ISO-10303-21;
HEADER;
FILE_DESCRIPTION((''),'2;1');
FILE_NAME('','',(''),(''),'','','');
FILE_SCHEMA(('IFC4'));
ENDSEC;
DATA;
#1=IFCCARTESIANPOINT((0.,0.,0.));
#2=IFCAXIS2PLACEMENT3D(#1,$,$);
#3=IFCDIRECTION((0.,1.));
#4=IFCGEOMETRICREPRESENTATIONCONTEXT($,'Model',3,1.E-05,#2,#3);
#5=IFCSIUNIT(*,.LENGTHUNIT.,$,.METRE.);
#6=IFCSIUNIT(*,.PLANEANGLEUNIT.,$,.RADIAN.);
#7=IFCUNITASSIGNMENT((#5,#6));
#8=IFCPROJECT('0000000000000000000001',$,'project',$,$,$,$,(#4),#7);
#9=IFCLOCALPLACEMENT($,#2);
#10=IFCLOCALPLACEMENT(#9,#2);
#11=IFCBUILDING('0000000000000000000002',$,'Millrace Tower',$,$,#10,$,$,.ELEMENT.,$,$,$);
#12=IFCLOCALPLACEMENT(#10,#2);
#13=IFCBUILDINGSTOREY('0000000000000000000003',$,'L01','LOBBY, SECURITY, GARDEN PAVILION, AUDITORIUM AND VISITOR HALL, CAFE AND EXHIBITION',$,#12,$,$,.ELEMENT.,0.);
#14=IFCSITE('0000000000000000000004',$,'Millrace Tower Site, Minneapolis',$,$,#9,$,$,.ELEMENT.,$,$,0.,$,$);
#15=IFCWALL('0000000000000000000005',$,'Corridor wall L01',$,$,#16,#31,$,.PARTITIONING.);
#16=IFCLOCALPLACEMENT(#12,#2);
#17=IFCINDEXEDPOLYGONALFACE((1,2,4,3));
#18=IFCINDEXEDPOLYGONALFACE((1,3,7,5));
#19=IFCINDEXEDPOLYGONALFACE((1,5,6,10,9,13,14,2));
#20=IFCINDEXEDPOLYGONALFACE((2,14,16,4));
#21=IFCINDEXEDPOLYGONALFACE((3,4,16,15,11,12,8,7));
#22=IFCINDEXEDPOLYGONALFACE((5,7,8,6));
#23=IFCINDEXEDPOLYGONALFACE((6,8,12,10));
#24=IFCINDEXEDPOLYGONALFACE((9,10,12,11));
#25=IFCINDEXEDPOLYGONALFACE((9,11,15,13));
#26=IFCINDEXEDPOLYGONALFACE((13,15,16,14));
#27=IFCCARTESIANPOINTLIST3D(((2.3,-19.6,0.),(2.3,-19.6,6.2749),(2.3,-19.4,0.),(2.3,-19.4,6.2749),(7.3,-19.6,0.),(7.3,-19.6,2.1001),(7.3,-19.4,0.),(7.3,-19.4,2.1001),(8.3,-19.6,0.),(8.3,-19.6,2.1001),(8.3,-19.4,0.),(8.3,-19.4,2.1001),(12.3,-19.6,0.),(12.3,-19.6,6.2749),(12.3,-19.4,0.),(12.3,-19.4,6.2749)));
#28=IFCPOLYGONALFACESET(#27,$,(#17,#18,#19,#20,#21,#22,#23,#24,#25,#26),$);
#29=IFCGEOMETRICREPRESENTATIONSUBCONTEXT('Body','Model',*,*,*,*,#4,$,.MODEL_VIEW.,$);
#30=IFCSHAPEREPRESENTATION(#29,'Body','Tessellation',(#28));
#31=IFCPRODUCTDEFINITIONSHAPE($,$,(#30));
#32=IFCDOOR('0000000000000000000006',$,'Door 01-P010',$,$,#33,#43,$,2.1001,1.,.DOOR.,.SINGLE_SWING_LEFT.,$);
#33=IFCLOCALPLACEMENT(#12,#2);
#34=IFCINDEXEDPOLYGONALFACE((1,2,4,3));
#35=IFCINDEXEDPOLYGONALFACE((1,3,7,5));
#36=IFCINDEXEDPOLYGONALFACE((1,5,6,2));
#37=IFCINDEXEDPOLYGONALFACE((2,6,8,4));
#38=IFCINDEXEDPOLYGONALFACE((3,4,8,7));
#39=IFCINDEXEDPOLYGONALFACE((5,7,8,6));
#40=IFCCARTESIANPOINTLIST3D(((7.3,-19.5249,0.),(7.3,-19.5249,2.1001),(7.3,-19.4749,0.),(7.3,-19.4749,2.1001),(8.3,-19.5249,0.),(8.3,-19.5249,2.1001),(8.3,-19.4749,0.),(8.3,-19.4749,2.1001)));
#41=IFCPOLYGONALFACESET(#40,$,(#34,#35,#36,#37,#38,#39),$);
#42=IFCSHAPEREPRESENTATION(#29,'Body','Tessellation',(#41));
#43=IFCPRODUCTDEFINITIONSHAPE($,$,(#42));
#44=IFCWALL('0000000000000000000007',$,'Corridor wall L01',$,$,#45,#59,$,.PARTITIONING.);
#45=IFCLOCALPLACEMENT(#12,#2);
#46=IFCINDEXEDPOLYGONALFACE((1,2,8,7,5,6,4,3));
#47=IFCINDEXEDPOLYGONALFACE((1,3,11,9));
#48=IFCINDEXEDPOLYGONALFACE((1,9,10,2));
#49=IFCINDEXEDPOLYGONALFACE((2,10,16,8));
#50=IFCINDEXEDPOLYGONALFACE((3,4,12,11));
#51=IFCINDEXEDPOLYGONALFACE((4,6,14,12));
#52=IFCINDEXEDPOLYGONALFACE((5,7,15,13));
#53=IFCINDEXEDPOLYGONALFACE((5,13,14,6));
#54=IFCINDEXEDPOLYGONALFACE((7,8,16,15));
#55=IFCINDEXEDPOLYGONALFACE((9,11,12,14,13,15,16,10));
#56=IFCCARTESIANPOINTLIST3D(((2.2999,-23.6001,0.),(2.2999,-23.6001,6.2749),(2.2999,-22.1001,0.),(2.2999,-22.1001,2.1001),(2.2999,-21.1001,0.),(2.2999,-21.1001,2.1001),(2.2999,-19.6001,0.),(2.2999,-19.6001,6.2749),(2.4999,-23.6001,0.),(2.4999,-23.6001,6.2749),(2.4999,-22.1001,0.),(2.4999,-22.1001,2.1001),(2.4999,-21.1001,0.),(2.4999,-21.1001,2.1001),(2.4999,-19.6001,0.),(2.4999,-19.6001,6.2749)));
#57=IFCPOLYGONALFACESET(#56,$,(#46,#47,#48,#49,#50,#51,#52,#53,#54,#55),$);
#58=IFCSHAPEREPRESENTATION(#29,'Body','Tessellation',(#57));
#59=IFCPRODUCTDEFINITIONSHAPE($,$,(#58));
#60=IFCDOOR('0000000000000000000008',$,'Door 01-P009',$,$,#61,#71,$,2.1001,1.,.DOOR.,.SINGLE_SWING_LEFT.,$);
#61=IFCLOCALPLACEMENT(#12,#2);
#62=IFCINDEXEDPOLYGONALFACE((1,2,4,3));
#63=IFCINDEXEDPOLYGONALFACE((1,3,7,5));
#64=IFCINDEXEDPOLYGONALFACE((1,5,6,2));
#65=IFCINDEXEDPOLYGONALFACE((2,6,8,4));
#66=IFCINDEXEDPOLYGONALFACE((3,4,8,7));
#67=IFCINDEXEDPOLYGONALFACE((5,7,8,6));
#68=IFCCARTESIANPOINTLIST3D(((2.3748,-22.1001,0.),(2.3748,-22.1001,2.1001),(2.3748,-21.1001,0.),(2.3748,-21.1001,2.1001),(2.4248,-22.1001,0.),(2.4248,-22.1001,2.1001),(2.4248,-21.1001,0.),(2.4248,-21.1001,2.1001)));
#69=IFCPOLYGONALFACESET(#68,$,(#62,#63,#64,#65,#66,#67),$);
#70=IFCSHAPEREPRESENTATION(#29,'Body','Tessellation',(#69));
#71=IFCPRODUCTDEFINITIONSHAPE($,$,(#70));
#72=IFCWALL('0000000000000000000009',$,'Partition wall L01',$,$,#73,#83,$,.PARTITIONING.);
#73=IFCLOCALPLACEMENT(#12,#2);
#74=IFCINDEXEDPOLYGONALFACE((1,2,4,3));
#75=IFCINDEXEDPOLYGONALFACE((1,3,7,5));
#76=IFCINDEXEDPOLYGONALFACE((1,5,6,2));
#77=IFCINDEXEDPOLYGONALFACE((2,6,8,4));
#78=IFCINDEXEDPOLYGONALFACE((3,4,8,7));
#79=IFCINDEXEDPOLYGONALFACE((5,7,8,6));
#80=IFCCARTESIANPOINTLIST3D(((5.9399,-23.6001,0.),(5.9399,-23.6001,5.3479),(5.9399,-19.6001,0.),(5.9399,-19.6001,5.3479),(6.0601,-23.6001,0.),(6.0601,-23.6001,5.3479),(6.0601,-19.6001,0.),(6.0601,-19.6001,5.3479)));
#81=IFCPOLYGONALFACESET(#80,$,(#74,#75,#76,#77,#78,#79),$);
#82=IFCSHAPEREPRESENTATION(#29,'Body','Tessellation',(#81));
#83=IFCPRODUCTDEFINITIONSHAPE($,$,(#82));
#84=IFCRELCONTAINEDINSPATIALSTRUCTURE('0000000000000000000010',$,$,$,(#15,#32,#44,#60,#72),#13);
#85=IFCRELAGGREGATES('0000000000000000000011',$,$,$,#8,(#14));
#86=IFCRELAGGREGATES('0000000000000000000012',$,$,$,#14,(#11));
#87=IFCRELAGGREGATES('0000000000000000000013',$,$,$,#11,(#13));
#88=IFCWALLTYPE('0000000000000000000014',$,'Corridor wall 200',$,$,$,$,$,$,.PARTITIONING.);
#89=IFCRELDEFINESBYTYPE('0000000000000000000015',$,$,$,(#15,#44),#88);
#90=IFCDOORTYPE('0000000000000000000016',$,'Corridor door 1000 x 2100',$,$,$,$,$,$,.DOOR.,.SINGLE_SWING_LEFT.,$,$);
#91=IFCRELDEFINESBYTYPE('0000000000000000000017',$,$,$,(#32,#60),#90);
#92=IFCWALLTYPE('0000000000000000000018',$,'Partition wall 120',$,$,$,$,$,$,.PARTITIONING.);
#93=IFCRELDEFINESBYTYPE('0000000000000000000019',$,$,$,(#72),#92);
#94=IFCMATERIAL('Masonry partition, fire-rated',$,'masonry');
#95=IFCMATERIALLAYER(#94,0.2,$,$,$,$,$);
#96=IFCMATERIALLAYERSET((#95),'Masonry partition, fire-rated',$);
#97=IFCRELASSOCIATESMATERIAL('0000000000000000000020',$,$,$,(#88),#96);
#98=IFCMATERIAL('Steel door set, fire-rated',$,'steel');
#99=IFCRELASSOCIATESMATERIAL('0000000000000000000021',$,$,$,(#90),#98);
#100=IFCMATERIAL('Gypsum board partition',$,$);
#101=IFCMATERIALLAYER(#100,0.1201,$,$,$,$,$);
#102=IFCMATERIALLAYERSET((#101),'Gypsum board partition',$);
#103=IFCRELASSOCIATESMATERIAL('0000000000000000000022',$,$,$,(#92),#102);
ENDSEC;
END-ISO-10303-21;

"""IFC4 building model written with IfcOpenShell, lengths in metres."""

from ifc_helpers import new_model, si_unit, direction, frame, frame_2d, origin, place, context, subcontext, project, spatial, rectangle, extrude, material, layer, layer_set, type_object, element, fill, save


model = new_model("IFC4")

# Units and contexts
model_context = context("Model", 3, precision=1e-05, world=origin(), true_north=direction((0.0, 1.0)))
body_context = subcontext(model_context, "Body", "Model", "MODEL_VIEW")
ifc_project = project(units=[si_unit("LENGTHUNIT", "METRE"), si_unit("PLANEANGLEUNIT", "RADIAN")], contexts=[model_context])

# Site, building, storey
site_placement = place(None, origin())
site = spatial("IfcSite", under=ifc_project, at=site_placement, Name="Millrace Tower Site, Minneapolis", CompositionType="ELEMENT", RefElevation=0.0)
building_placement = place(site_placement, origin())
building = spatial("IfcBuilding", under=site, at=building_placement, Name="Millrace Tower", CompositionType="ELEMENT")
storey_placement = place(building_placement, origin())
storey = spatial("IfcBuildingStorey", under=building, at=storey_placement, Name="L01", Description="LOBBY, SECURITY, GARDEN PAVILION, AUDITORIUM AND VISITOR HALL, CAFE AND EXHIBITION", CompositionType="ELEMENT", Elevation=0.0)

# Shared definitions
ifc_material_1 = material(Name="Masonry partition, fire-rated", Category="masonry")
ifc_layer_1 = layer(ifc_material_1, 0.2)
ifc_layer_set_1 = layer_set([ifc_layer_1], Name="Masonry partition, fire-rated")
wall_type_1 = type_object("IfcWallType", Name="Corridor wall 200", PredefinedType="PARTITIONING", material=ifc_layer_set_1)

# Walls, openings, doors
wall_1_placement = place(storey_placement, frame((2.3, -19.5, 0.0), z_axis=(0.0, 0.0, 1.0), x_axis=(1.0, 0.0, 0.0)))
wall_1 = element("IfcWall", 1, at=wall_1_placement, inside=storey, type_object=wall_type_1, Name="Corridor wall L01", PredefinedType="PARTITIONING", context=body_context, shape_type="SweptSolid", body=[
    extrude(rectangle(XDim=10.0, YDim=0.2, at=frame_2d((5.0, 0.0))), origin(), (0.0, 0.0, 1.0), 6.2749),
])
opening_1_placement = place(wall_1_placement, frame((5.0, 0.0, 0.0)))
opening_1 = element("IfcOpeningElement", 2, at=opening_1_placement, cuts=wall_1, PredefinedType="OPENING", context=body_context, shape_type="SweptSolid", body=[
    extrude(rectangle(XDim=1.0, YDim=2.1001, at=frame_2d((0.5, 1.05))), frame((0.0, 0.1099, 0.0), z_axis=(0.0, -1.0, 0.0), x_axis=(1.0, 0.0, 0.0)), (0.0, 0.0, 1.0), 0.22),
])
ifc_material_2 = material(Name="Steel door set, fire-rated", Category="steel")
door_type_1 = type_object("IfcDoorType", Name="Corridor door 1000 x 2100", OperationType="SINGLE_SWING_LEFT", PredefinedType="DOOR", material=ifc_material_2)
door_1_placement = place(opening_1_placement, frame((1.0, 0.0, 0.0), z_axis=(0.0, 0.0, 1.0), x_axis=(-1.0, 0.0, 0.0)))
door_1 = element("IfcDoor", 3, at=door_1_placement, inside=storey, type_object=door_type_1, Name="Door 01-P010", OperationType="SINGLE_SWING_LEFT", OverallHeight=2.1001, OverallWidth=1.0, PredefinedType="DOOR", context=body_context, shape_type="SweptSolid", body=[
    extrude(rectangle(XDim=1.0, YDim=2.1001, at=frame_2d((0.5, 1.05))), frame((0.0, 0.0249, 0.0), z_axis=(0.0, -1.0, 0.0), x_axis=(1.0, 0.0, 0.0)), (0.0, 0.0, 1.0), 0.05),
])
fill(opening_1, door_1)
wall_2_placement = place(storey_placement, frame((2.3999, -23.6001, 0.0), z_axis=(0.0, 0.0, 1.0), x_axis=(0.0, 1.0, 0.0)))
wall_2 = element("IfcWall", 4, at=wall_2_placement, inside=storey, type_object=wall_type_1, Name="Corridor wall L01", PredefinedType="PARTITIONING", context=body_context, shape_type="SweptSolid", body=[
    extrude(rectangle(XDim=4.0, YDim=0.2, at=frame_2d((2.0, 0.0))), origin(), (0.0, 0.0, 1.0), 6.2749),
])
opening_2_placement = place(wall_2_placement, frame((1.5, 0.0, 0.0)))
opening_2 = element("IfcOpeningElement", 5, at=opening_2_placement, cuts=wall_2, PredefinedType="OPENING", context=body_context, shape_type="SweptSolid", body=[
    extrude(rectangle(XDim=1.0, YDim=2.1001, at=frame_2d((0.5, 1.05))), frame((0.0, 0.1099, 0.0), z_axis=(0.0, -1.0, 0.0), x_axis=(1.0, 0.0, 0.0)), (0.0, 0.0, 1.0), 0.22),
])
door_2_placement = place(opening_2_placement, frame((1.0, 0.0, 0.0), z_axis=(0.0, 0.0, 1.0), x_axis=(-1.0, 0.0, 0.0)))
door_2 = element("IfcDoor", 6, at=door_2_placement, inside=storey, type_object=door_type_1, Name="Door 01-P009", OperationType="SINGLE_SWING_LEFT", OverallHeight=2.1001, OverallWidth=1.0, PredefinedType="DOOR", context=body_context, shape_type="SweptSolid", body=[
    extrude(rectangle(XDim=1.0, YDim=2.1001, at=frame_2d((0.5, 1.05))), frame((0.0, 0.0249, 0.0), z_axis=(0.0, -1.0, 0.0), x_axis=(1.0, 0.0, 0.0)), (0.0, 0.0, 1.0), 0.05),
])
fill(opening_2, door_2)

# Wall
ifc_material_3 = material(Name="Gypsum board partition")
ifc_layer_2 = layer(ifc_material_3, 0.1201)
ifc_layer_set_2 = layer_set([ifc_layer_2], Name="Gypsum board partition")
wall_type_2 = type_object("IfcWallType", Name="Partition wall 120", PredefinedType="PARTITIONING", material=ifc_layer_set_2)
wall_3_placement = place(storey_placement, frame((6.0, -23.6001, 0.0), z_axis=(0.0, 0.0, 1.0), x_axis=(0.0, 1.0, 0.0)))
element("IfcWall", 7, at=wall_3_placement, inside=storey, type_object=wall_type_2, Name="Partition wall L01", PredefinedType="PARTITIONING", context=body_context, shape_type="SweptSolid", body=[
    extrude(rectangle(XDim=4.0, YDim=0.1201, at=frame_2d((2.0, 0.0))), origin(), (0.0, 0.0, 1.0), 5.3479),
])

save(model, "model.ifc")
